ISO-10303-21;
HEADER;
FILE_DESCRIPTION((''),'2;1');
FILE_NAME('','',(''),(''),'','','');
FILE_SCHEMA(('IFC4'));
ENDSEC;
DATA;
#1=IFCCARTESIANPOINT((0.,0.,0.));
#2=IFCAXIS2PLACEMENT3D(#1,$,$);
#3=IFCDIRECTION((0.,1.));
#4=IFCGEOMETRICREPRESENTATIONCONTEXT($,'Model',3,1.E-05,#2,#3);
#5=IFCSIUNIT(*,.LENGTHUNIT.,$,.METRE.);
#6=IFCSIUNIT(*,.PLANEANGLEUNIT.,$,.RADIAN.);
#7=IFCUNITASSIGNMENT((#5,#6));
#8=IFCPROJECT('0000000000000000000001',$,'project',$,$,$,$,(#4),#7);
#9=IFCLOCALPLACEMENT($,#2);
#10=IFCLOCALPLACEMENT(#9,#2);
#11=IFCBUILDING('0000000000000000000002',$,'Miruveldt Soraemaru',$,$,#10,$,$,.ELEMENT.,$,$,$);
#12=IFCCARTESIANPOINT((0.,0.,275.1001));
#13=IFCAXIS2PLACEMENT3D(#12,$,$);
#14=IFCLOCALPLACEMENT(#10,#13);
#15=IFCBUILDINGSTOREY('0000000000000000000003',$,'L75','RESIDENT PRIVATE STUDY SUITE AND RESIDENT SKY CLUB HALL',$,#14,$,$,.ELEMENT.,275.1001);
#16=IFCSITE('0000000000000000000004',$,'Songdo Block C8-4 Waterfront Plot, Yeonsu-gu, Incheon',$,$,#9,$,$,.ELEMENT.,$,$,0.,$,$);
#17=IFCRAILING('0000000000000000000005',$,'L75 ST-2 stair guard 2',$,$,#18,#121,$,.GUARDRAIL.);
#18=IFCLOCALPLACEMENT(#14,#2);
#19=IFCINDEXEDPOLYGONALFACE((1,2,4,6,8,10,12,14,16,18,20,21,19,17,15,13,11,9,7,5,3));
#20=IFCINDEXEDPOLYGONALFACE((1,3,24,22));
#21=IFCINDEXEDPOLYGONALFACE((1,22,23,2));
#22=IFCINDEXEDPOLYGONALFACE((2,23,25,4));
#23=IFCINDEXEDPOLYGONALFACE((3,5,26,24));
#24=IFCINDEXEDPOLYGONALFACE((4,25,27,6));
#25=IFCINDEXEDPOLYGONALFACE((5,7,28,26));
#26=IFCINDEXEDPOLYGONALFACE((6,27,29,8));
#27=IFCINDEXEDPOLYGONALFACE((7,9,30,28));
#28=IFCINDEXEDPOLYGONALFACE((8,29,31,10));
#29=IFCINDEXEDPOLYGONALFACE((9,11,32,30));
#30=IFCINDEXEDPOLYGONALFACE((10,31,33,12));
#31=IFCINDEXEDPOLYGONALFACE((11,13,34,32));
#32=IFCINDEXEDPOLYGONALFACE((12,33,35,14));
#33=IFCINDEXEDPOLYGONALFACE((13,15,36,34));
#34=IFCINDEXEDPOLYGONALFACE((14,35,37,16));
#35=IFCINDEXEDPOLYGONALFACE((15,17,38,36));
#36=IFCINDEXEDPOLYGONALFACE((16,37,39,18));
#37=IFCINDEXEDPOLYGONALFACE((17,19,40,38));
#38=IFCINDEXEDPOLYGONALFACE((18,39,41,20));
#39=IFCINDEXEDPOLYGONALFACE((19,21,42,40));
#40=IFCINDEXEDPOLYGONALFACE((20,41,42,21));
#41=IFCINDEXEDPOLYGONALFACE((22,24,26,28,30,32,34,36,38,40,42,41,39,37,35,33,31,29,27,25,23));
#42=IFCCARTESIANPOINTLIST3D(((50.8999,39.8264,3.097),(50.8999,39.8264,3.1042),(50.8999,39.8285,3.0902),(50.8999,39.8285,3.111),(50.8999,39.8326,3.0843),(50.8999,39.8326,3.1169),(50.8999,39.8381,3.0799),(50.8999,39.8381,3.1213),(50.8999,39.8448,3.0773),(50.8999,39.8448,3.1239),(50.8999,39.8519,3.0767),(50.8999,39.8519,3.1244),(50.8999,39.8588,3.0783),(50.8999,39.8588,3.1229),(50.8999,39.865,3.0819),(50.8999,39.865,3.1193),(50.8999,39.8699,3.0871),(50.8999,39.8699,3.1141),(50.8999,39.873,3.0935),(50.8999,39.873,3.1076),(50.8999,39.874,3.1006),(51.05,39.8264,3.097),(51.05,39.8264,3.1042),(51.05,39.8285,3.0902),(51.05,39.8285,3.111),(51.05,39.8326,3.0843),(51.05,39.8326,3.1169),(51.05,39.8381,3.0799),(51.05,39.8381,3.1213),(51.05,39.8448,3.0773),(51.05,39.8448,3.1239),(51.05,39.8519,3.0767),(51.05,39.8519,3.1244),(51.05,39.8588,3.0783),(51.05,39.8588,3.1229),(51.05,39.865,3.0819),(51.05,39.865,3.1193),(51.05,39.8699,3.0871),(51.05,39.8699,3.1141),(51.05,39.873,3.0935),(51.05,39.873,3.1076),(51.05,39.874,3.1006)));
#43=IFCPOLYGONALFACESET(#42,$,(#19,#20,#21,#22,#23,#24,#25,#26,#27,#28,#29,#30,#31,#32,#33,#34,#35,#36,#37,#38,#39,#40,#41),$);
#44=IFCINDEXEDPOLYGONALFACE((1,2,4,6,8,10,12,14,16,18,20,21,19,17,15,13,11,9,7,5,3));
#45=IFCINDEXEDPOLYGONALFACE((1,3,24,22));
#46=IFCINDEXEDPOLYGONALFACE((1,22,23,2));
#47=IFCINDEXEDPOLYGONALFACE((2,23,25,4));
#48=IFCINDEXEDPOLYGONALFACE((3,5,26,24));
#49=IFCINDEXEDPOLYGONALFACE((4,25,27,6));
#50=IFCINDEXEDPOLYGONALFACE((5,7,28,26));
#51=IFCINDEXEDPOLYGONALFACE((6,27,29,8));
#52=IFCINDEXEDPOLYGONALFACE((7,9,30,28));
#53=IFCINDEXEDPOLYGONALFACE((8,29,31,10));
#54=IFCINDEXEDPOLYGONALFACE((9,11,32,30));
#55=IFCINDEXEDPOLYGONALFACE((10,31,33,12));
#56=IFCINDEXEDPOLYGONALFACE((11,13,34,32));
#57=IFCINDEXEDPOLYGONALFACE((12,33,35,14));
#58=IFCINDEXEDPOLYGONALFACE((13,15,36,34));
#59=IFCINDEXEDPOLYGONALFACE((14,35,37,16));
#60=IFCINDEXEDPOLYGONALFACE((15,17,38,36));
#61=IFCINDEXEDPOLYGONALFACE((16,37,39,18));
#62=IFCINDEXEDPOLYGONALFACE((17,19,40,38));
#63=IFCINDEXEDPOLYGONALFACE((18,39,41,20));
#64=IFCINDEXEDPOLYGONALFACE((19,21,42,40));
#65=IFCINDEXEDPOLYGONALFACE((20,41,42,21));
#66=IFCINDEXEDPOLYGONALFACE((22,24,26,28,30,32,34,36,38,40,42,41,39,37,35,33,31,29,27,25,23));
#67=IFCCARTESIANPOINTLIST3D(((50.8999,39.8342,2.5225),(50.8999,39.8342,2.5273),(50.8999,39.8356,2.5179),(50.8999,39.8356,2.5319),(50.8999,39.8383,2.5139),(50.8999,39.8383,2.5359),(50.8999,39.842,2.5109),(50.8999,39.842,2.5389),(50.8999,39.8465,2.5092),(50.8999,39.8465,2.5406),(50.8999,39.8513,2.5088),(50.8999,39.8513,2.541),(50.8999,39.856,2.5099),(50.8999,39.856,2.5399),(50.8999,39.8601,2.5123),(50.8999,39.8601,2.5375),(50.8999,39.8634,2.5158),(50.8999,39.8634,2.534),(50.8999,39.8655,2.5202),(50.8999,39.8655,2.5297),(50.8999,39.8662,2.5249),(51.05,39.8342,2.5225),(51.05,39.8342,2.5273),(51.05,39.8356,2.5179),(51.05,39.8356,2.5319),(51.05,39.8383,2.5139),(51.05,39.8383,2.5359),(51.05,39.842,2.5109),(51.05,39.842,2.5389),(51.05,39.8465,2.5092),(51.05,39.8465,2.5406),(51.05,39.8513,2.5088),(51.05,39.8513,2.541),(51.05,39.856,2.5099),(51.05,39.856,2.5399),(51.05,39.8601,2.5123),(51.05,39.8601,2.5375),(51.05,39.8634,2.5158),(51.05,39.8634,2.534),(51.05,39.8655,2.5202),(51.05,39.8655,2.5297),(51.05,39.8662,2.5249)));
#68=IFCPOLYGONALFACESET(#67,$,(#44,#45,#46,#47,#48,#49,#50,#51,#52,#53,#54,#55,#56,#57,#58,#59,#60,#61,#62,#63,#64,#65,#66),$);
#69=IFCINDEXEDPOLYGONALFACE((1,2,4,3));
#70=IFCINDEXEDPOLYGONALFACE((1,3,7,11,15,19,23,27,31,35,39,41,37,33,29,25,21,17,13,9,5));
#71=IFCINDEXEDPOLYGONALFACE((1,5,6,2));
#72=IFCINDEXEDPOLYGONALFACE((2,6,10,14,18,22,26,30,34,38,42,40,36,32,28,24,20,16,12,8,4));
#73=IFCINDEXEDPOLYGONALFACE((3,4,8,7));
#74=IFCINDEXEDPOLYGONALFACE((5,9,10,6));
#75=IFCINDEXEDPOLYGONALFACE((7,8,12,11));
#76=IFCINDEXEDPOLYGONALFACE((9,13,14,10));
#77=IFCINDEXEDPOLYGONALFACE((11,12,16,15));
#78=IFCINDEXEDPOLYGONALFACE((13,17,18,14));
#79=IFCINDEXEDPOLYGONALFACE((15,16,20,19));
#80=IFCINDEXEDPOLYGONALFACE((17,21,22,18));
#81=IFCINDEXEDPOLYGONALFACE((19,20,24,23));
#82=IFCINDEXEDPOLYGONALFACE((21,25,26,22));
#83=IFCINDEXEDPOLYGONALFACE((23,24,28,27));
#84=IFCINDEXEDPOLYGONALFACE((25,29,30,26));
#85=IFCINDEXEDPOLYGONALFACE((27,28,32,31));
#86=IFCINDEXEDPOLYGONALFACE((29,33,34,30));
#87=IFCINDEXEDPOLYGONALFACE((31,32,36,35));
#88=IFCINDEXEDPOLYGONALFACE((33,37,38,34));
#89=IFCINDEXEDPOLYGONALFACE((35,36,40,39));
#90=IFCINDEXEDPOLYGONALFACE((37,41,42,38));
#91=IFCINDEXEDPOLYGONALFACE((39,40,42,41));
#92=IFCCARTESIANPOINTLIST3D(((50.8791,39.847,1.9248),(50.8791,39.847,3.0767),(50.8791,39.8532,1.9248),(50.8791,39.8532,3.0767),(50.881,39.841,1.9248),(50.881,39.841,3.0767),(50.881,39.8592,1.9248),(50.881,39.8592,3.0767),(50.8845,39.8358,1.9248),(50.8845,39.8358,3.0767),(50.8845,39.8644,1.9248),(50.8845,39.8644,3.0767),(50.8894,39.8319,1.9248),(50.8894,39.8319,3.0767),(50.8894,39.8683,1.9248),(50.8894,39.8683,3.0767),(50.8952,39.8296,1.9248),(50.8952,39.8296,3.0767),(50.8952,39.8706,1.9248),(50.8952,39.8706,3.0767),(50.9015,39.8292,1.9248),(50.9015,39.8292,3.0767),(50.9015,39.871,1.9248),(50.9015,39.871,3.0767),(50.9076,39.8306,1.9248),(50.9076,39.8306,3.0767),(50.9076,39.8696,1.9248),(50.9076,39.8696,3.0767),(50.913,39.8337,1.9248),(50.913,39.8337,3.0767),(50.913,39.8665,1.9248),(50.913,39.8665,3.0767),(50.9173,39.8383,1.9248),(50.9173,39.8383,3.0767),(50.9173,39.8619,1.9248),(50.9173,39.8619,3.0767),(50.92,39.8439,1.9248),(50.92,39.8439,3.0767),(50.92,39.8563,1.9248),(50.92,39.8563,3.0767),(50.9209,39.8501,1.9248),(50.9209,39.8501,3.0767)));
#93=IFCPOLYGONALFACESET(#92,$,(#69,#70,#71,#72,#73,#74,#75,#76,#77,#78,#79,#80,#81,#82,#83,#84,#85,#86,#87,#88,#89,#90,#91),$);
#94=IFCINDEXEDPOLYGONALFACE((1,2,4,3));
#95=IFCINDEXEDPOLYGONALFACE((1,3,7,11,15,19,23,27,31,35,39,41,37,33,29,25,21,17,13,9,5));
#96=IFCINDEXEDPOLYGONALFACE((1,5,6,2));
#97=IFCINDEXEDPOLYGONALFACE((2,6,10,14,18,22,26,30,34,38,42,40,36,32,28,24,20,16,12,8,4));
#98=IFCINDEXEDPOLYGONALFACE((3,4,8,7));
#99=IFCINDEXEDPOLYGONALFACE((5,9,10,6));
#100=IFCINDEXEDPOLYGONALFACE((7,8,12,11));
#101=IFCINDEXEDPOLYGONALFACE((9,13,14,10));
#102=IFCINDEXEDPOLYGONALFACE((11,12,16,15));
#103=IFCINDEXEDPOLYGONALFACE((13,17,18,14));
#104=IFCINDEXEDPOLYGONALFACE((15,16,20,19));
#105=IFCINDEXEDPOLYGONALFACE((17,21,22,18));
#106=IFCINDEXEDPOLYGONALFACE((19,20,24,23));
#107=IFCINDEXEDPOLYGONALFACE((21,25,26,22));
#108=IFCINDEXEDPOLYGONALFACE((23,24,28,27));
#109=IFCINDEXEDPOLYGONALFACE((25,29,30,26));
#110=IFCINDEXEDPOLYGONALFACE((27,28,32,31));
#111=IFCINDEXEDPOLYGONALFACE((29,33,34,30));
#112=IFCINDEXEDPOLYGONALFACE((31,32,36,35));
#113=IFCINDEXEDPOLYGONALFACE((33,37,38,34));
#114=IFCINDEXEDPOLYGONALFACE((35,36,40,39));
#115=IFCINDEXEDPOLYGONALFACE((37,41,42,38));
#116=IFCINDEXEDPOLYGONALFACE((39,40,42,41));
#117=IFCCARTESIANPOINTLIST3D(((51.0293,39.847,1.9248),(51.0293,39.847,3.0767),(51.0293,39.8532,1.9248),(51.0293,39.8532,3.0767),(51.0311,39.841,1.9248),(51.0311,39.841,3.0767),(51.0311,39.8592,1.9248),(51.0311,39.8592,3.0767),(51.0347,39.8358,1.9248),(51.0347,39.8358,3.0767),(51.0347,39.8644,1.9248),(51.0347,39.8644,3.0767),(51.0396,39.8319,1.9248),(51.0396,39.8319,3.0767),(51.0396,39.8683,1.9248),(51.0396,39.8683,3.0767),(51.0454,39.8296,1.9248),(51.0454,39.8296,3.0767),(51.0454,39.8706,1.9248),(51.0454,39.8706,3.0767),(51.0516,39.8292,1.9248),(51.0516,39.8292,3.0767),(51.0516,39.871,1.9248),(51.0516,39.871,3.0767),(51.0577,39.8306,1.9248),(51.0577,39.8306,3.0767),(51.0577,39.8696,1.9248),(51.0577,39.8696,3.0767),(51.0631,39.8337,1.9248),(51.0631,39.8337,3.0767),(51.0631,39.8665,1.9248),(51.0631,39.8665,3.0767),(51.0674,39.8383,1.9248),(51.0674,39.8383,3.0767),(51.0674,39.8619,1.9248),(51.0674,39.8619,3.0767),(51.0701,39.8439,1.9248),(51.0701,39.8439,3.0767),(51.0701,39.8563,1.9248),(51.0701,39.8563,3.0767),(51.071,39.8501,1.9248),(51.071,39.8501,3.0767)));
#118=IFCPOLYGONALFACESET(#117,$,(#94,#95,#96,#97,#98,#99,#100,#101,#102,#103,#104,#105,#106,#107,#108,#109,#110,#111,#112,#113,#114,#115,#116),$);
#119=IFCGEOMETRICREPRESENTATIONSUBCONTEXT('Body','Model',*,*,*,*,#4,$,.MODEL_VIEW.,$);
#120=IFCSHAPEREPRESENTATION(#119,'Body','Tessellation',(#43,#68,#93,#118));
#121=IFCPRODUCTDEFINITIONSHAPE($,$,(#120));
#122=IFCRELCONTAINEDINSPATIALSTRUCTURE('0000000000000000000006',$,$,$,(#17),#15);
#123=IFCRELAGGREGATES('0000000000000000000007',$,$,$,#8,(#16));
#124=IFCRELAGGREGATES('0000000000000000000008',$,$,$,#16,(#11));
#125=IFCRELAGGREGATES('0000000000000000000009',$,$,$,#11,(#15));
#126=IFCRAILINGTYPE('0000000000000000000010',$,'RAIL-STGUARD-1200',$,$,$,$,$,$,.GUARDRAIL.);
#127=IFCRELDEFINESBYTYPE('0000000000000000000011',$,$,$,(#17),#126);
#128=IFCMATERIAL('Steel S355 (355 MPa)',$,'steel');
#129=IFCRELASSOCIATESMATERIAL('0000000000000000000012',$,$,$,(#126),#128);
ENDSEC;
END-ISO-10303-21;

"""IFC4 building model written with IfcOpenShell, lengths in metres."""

from ifc_helpers import new_model, si_unit, direction, frame, origin, origin_2d, place, context, subcontext, project, spatial, circle, extrude, material, type_object, element, save


model = new_model("IFC4")

# Units and contexts
model_context = context("Model", 3, precision=1e-05, world=origin(), true_north=direction((0.0, 1.0)))
body_context = subcontext(model_context, "Body", "Model", "MODEL_VIEW")
ifc_project = project(units=[si_unit("LENGTHUNIT", "METRE"), si_unit("PLANEANGLEUNIT", "RADIAN")], contexts=[model_context])

# Site, building, storey
site_placement = place(None, origin())
site = spatial("IfcSite", under=ifc_project, at=site_placement, Name="Songdo Block C8-4 Waterfront Plot, Yeonsu-gu, Incheon", CompositionType="ELEMENT", RefElevation=0.0)
building_placement = place(site_placement, origin())
building = spatial("IfcBuilding", under=site, at=building_placement, Name="Miruveldt Soraemaru", CompositionType="ELEMENT")
storey_placement = place(building_placement, frame((0.0, 0.0, 275.1001)))
storey = spatial("IfcBuildingStorey", under=building, at=storey_placement, Name="L75", Description="RESIDENT PRIVATE STUDY SUITE AND RESIDENT SKY CLUB HALL", CompositionType="ELEMENT", Elevation=275.1001)

# Railing
ifc_material_1 = material(Name="Steel S355 (355 MPa)", Category="steel")
railing_type = type_object("IfcRailingType", Name="RAIL-STGUARD-1200", PredefinedType="GUARDRAIL", material=ifc_material_1)
railing_placement = place(storey_placement, frame((50.8999, 39.8501, 1.9248)))
element("IfcRailing", 1, at=railing_placement, inside=storey, type_object=railing_type, Name="L75 ST-2 stair guard 2", PredefinedType="GUARDRAIL", context=body_context, shape_type="SweptSolid", body=[
    extrude(circle(Radius=0.0239, at=origin_2d()), frame((0.0, 0.0, 1.1758), z_axis=(1.0, 0.0, 0.0), x_axis=(0.0, 1.0, 0.0)), (0.0, 0.0, 1.0), 0.1501),
    extrude(circle(Radius=0.0161, at=origin_2d()), frame((0.0, 0.0, 0.6001), z_axis=(1.0, 0.0, 0.0), x_axis=(0.0, 1.0, 0.0)), (0.0, 0.0, 1.0), 0.1501),
    extrude(circle(Radius=0.021, at=origin_2d()), origin(), (0.0, 0.0, 1.0), 1.1519),
    extrude(circle(Radius=0.021, at=origin_2d()), frame((0.1501, 0.0, 0.0)), (0.0, 0.0, 1.0), 1.1519),
])

save(model, "model.ifc")
